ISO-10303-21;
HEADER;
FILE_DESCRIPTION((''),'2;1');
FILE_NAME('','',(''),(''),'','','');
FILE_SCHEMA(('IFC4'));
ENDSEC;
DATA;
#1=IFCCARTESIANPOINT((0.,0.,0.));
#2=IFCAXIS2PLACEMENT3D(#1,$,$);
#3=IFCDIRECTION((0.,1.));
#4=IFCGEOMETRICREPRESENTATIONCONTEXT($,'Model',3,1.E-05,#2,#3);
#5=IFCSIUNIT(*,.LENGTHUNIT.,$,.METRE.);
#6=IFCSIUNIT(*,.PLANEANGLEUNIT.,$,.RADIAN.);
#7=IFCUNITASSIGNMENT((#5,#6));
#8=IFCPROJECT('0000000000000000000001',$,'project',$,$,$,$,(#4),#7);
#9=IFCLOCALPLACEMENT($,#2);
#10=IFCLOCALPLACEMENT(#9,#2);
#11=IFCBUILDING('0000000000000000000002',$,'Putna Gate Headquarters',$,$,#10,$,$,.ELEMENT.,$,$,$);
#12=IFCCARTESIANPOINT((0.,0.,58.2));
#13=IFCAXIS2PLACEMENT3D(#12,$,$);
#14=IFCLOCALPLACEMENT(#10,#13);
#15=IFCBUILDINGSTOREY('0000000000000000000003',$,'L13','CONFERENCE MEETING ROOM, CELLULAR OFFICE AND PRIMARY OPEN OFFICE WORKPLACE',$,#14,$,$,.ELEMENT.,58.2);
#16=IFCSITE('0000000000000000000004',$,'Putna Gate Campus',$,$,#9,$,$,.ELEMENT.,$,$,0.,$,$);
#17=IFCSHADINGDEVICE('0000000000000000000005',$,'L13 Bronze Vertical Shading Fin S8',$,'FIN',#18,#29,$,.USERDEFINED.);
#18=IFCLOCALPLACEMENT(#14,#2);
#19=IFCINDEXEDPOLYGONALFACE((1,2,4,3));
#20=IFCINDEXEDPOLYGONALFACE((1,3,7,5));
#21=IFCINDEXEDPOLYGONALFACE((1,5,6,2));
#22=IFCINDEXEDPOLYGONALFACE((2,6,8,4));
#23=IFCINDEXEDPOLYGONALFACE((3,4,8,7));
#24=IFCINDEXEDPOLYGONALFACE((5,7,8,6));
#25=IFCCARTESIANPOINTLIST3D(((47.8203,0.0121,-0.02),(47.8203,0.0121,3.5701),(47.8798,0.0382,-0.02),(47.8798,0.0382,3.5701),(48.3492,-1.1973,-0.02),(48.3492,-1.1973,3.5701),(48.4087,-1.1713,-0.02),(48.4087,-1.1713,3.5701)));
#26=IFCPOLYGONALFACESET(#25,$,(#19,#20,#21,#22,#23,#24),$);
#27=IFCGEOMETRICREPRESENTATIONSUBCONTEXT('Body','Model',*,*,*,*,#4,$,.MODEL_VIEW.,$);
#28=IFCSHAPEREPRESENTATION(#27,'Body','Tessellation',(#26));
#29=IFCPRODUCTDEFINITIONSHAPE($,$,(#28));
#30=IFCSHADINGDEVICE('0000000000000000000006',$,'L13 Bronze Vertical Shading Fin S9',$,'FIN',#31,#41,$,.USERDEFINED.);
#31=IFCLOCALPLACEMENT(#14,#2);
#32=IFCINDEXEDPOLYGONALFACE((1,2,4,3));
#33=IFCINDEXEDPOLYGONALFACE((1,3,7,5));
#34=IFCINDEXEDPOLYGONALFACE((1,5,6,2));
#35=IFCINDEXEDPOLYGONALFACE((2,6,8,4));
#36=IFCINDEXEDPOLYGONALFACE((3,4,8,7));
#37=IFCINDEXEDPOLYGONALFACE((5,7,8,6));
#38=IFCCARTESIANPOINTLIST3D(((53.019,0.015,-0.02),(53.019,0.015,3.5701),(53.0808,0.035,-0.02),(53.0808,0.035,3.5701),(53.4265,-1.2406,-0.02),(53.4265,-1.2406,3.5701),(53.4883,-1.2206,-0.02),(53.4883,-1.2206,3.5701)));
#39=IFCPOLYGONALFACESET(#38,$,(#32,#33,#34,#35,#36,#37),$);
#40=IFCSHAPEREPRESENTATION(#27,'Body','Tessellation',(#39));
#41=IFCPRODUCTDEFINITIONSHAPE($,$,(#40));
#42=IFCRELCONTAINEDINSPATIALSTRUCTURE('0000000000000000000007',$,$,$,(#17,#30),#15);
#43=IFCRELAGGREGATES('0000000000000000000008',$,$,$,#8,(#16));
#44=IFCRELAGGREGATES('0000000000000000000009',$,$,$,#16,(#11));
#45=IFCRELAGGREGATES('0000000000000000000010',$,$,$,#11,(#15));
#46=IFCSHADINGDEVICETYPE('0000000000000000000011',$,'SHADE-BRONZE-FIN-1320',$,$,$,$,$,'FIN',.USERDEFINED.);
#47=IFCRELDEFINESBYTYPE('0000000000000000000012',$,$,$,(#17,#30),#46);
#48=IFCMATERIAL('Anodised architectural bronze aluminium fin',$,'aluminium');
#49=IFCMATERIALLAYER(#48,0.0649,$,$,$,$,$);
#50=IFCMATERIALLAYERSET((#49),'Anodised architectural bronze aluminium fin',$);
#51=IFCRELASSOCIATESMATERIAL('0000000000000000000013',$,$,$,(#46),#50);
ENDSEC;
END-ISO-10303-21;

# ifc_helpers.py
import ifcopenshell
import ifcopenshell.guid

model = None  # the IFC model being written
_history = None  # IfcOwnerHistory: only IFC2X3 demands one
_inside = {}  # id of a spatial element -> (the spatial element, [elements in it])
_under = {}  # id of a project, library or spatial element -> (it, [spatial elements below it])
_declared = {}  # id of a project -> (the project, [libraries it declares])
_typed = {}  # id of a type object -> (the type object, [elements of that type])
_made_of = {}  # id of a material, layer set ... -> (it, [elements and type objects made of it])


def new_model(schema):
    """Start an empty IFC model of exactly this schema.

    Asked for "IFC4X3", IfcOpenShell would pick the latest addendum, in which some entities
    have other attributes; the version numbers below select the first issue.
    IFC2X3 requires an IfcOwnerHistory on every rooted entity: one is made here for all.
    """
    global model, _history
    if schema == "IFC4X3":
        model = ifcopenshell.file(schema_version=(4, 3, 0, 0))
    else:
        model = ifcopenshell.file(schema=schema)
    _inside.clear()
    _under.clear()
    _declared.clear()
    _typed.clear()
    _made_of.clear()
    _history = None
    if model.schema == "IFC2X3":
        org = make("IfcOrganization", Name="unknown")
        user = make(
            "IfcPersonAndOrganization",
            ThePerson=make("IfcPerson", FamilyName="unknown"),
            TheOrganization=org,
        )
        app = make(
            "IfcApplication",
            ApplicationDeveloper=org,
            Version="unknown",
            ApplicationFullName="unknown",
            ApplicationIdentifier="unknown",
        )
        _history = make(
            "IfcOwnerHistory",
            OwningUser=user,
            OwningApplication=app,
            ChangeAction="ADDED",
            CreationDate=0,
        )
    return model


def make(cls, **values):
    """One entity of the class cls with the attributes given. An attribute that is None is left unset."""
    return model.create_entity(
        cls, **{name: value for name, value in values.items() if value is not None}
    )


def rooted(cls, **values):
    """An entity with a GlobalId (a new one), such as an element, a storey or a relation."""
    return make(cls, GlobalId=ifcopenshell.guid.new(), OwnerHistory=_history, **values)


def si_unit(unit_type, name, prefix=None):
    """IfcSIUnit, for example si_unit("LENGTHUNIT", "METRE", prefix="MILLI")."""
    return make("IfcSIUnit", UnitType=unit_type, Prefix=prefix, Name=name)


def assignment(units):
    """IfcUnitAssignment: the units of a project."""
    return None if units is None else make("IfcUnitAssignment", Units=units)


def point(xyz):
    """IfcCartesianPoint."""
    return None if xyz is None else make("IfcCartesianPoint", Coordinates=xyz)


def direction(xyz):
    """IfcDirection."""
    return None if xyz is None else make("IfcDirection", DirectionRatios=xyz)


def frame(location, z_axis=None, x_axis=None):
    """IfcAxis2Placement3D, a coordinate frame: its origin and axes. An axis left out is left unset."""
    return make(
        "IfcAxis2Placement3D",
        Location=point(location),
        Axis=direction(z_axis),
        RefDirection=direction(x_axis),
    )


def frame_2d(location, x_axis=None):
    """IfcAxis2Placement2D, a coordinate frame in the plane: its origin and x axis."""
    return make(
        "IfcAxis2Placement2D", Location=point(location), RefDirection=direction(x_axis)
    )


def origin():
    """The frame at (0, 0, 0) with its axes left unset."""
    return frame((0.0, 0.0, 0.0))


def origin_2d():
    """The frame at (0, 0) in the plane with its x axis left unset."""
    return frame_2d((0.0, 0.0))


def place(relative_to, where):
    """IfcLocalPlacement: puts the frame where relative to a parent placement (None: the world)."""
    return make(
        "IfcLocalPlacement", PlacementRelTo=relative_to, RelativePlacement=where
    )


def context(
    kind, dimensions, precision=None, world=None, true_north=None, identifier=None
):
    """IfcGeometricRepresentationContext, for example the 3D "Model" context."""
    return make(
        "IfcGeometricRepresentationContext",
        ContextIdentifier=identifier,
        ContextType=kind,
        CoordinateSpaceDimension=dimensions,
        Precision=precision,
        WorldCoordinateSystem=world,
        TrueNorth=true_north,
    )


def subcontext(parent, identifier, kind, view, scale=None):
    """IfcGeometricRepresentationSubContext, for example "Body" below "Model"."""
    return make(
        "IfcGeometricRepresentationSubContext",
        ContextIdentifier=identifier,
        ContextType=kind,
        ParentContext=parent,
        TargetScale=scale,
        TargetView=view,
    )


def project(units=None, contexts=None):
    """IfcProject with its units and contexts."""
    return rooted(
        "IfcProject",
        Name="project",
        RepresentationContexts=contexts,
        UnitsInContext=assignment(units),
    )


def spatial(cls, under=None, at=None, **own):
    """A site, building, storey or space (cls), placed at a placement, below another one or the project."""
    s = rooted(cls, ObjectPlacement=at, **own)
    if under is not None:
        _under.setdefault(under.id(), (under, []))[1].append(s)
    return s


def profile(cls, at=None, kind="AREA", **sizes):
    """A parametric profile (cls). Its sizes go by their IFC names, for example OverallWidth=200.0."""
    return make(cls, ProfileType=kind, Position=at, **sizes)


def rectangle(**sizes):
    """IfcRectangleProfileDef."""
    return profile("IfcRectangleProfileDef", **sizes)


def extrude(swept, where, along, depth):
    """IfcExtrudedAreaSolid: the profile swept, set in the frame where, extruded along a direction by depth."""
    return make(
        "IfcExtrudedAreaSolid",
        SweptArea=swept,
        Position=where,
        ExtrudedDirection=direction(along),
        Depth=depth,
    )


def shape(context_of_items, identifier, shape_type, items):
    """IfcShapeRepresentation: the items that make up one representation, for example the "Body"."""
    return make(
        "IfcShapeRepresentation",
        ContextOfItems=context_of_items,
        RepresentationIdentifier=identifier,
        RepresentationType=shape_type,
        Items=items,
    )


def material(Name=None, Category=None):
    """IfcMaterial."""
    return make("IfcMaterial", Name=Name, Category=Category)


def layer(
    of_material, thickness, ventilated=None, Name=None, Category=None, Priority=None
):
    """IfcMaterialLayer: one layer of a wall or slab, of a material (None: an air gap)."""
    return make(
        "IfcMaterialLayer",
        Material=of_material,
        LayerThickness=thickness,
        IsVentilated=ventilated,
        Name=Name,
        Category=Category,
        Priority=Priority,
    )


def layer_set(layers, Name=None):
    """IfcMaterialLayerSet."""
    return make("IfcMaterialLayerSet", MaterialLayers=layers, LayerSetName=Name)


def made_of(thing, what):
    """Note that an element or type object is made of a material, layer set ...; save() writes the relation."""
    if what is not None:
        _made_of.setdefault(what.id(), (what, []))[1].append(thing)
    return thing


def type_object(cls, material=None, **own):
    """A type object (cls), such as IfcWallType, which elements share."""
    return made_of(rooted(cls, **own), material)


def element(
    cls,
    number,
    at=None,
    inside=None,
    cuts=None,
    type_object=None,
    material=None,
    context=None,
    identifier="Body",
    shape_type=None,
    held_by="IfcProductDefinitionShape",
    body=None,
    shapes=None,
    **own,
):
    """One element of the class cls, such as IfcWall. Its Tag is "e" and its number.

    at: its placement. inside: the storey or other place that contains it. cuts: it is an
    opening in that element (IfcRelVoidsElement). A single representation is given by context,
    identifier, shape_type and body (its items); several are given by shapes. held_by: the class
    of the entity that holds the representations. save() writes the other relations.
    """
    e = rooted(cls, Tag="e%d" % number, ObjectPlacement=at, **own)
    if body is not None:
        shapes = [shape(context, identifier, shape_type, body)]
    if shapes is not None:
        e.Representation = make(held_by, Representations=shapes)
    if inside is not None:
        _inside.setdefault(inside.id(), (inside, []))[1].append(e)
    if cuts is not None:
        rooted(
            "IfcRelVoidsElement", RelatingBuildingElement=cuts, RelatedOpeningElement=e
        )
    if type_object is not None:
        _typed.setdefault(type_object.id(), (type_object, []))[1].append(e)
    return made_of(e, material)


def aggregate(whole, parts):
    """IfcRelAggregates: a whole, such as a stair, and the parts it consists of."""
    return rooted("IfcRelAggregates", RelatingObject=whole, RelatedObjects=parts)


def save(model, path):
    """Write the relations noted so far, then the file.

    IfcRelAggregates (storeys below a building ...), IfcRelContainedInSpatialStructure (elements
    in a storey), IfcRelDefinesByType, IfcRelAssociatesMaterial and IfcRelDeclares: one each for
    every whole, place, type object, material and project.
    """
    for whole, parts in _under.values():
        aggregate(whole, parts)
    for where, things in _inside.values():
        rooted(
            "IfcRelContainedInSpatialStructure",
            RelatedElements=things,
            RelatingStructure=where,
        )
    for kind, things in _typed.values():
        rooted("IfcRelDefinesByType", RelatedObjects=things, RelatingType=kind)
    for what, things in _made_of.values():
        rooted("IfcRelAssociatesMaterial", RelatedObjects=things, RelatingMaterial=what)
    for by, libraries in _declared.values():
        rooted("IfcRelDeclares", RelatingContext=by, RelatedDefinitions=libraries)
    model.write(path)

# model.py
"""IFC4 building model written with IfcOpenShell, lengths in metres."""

from ifc_helpers import new_model, si_unit, direction, frame, origin, origin_2d, place, context, subcontext, project, spatial, rectangle, extrude, material, layer, layer_set, type_object, element, save


model = new_model("IFC4")

# Units and contexts
model_context = context("Model", 3, precision=1e-05, world=origin(), true_north=direction((0.0, 1.0)))
body_context = subcontext(model_context, "Body", "Model", "MODEL_VIEW")
ifc_project = project(units=[si_unit("LENGTHUNIT", "METRE"), si_unit("PLANEANGLEUNIT", "RADIAN")], contexts=[model_context])

# Site, building, storey
site_placement = place(None, origin())
site = spatial("IfcSite", under=ifc_project, at=site_placement, Name="Putna Gate Campus", CompositionType="ELEMENT", RefElevation=0.0)
building_placement = place(site_placement, origin())
building = spatial("IfcBuilding", under=site, at=building_placement, Name="Putna Gate Headquarters", CompositionType="ELEMENT")
storey_placement = place(building_placement, frame((0.0, 0.0, 58.2)))
storey = spatial("IfcBuildingStorey", under=building, at=storey_placement, Name="L13", Description="CONFERENCE MEETING ROOM, CELLULAR OFFICE AND PRIMARY OPEN OFFICE WORKPLACE", CompositionType="ELEMENT", Elevation=58.2)

# Shading devices
ifc_material_1 = material(Name="Anodised architectural bronze aluminium fin", Category="aluminium")
ifc_layer_1 = layer(ifc_material_1, 0.0649)
ifc_layer_set_1 = layer_set([ifc_layer_1], Name="Anodised architectural bronze aluminium fin")
shading_device_type = type_object("IfcShadingDeviceType", Name="SHADE-BRONZE-FIN-1320", ElementType="FIN", PredefinedType="USERDEFINED", material=ifc_layer_set_1)
for number, where, z_axis, x_axis, name in (
    (1, (48.1145, -0.5796, -0.02), (0.0, 0.0, 1.0), (0.400669, -0.916223, 0.0), "L13 Bronze Vertical Shading Fin S8"),
    (2, (53.2537, -0.6028, -0.02), (0.0, 0.0, 1.0), (0.308685, -0.951164, 0.0), "L13 Bronze Vertical Shading Fin S9"),
):
    element("IfcShadingDevice", number, at=place(storey_placement, frame(where, z_axis=z_axis, x_axis=x_axis)), inside=storey, type_object=shading_device_type, Name=name, ObjectType="FIN", PredefinedType="USERDEFINED", context=body_context, shape_type="SweptSolid", body=[
        extrude(rectangle(XDim=1.3201, YDim=0.0649, at=origin_2d()), origin(), (0.0, 0.0, 1.0), 3.5901),
    ])

save(model, "model.ifc")
